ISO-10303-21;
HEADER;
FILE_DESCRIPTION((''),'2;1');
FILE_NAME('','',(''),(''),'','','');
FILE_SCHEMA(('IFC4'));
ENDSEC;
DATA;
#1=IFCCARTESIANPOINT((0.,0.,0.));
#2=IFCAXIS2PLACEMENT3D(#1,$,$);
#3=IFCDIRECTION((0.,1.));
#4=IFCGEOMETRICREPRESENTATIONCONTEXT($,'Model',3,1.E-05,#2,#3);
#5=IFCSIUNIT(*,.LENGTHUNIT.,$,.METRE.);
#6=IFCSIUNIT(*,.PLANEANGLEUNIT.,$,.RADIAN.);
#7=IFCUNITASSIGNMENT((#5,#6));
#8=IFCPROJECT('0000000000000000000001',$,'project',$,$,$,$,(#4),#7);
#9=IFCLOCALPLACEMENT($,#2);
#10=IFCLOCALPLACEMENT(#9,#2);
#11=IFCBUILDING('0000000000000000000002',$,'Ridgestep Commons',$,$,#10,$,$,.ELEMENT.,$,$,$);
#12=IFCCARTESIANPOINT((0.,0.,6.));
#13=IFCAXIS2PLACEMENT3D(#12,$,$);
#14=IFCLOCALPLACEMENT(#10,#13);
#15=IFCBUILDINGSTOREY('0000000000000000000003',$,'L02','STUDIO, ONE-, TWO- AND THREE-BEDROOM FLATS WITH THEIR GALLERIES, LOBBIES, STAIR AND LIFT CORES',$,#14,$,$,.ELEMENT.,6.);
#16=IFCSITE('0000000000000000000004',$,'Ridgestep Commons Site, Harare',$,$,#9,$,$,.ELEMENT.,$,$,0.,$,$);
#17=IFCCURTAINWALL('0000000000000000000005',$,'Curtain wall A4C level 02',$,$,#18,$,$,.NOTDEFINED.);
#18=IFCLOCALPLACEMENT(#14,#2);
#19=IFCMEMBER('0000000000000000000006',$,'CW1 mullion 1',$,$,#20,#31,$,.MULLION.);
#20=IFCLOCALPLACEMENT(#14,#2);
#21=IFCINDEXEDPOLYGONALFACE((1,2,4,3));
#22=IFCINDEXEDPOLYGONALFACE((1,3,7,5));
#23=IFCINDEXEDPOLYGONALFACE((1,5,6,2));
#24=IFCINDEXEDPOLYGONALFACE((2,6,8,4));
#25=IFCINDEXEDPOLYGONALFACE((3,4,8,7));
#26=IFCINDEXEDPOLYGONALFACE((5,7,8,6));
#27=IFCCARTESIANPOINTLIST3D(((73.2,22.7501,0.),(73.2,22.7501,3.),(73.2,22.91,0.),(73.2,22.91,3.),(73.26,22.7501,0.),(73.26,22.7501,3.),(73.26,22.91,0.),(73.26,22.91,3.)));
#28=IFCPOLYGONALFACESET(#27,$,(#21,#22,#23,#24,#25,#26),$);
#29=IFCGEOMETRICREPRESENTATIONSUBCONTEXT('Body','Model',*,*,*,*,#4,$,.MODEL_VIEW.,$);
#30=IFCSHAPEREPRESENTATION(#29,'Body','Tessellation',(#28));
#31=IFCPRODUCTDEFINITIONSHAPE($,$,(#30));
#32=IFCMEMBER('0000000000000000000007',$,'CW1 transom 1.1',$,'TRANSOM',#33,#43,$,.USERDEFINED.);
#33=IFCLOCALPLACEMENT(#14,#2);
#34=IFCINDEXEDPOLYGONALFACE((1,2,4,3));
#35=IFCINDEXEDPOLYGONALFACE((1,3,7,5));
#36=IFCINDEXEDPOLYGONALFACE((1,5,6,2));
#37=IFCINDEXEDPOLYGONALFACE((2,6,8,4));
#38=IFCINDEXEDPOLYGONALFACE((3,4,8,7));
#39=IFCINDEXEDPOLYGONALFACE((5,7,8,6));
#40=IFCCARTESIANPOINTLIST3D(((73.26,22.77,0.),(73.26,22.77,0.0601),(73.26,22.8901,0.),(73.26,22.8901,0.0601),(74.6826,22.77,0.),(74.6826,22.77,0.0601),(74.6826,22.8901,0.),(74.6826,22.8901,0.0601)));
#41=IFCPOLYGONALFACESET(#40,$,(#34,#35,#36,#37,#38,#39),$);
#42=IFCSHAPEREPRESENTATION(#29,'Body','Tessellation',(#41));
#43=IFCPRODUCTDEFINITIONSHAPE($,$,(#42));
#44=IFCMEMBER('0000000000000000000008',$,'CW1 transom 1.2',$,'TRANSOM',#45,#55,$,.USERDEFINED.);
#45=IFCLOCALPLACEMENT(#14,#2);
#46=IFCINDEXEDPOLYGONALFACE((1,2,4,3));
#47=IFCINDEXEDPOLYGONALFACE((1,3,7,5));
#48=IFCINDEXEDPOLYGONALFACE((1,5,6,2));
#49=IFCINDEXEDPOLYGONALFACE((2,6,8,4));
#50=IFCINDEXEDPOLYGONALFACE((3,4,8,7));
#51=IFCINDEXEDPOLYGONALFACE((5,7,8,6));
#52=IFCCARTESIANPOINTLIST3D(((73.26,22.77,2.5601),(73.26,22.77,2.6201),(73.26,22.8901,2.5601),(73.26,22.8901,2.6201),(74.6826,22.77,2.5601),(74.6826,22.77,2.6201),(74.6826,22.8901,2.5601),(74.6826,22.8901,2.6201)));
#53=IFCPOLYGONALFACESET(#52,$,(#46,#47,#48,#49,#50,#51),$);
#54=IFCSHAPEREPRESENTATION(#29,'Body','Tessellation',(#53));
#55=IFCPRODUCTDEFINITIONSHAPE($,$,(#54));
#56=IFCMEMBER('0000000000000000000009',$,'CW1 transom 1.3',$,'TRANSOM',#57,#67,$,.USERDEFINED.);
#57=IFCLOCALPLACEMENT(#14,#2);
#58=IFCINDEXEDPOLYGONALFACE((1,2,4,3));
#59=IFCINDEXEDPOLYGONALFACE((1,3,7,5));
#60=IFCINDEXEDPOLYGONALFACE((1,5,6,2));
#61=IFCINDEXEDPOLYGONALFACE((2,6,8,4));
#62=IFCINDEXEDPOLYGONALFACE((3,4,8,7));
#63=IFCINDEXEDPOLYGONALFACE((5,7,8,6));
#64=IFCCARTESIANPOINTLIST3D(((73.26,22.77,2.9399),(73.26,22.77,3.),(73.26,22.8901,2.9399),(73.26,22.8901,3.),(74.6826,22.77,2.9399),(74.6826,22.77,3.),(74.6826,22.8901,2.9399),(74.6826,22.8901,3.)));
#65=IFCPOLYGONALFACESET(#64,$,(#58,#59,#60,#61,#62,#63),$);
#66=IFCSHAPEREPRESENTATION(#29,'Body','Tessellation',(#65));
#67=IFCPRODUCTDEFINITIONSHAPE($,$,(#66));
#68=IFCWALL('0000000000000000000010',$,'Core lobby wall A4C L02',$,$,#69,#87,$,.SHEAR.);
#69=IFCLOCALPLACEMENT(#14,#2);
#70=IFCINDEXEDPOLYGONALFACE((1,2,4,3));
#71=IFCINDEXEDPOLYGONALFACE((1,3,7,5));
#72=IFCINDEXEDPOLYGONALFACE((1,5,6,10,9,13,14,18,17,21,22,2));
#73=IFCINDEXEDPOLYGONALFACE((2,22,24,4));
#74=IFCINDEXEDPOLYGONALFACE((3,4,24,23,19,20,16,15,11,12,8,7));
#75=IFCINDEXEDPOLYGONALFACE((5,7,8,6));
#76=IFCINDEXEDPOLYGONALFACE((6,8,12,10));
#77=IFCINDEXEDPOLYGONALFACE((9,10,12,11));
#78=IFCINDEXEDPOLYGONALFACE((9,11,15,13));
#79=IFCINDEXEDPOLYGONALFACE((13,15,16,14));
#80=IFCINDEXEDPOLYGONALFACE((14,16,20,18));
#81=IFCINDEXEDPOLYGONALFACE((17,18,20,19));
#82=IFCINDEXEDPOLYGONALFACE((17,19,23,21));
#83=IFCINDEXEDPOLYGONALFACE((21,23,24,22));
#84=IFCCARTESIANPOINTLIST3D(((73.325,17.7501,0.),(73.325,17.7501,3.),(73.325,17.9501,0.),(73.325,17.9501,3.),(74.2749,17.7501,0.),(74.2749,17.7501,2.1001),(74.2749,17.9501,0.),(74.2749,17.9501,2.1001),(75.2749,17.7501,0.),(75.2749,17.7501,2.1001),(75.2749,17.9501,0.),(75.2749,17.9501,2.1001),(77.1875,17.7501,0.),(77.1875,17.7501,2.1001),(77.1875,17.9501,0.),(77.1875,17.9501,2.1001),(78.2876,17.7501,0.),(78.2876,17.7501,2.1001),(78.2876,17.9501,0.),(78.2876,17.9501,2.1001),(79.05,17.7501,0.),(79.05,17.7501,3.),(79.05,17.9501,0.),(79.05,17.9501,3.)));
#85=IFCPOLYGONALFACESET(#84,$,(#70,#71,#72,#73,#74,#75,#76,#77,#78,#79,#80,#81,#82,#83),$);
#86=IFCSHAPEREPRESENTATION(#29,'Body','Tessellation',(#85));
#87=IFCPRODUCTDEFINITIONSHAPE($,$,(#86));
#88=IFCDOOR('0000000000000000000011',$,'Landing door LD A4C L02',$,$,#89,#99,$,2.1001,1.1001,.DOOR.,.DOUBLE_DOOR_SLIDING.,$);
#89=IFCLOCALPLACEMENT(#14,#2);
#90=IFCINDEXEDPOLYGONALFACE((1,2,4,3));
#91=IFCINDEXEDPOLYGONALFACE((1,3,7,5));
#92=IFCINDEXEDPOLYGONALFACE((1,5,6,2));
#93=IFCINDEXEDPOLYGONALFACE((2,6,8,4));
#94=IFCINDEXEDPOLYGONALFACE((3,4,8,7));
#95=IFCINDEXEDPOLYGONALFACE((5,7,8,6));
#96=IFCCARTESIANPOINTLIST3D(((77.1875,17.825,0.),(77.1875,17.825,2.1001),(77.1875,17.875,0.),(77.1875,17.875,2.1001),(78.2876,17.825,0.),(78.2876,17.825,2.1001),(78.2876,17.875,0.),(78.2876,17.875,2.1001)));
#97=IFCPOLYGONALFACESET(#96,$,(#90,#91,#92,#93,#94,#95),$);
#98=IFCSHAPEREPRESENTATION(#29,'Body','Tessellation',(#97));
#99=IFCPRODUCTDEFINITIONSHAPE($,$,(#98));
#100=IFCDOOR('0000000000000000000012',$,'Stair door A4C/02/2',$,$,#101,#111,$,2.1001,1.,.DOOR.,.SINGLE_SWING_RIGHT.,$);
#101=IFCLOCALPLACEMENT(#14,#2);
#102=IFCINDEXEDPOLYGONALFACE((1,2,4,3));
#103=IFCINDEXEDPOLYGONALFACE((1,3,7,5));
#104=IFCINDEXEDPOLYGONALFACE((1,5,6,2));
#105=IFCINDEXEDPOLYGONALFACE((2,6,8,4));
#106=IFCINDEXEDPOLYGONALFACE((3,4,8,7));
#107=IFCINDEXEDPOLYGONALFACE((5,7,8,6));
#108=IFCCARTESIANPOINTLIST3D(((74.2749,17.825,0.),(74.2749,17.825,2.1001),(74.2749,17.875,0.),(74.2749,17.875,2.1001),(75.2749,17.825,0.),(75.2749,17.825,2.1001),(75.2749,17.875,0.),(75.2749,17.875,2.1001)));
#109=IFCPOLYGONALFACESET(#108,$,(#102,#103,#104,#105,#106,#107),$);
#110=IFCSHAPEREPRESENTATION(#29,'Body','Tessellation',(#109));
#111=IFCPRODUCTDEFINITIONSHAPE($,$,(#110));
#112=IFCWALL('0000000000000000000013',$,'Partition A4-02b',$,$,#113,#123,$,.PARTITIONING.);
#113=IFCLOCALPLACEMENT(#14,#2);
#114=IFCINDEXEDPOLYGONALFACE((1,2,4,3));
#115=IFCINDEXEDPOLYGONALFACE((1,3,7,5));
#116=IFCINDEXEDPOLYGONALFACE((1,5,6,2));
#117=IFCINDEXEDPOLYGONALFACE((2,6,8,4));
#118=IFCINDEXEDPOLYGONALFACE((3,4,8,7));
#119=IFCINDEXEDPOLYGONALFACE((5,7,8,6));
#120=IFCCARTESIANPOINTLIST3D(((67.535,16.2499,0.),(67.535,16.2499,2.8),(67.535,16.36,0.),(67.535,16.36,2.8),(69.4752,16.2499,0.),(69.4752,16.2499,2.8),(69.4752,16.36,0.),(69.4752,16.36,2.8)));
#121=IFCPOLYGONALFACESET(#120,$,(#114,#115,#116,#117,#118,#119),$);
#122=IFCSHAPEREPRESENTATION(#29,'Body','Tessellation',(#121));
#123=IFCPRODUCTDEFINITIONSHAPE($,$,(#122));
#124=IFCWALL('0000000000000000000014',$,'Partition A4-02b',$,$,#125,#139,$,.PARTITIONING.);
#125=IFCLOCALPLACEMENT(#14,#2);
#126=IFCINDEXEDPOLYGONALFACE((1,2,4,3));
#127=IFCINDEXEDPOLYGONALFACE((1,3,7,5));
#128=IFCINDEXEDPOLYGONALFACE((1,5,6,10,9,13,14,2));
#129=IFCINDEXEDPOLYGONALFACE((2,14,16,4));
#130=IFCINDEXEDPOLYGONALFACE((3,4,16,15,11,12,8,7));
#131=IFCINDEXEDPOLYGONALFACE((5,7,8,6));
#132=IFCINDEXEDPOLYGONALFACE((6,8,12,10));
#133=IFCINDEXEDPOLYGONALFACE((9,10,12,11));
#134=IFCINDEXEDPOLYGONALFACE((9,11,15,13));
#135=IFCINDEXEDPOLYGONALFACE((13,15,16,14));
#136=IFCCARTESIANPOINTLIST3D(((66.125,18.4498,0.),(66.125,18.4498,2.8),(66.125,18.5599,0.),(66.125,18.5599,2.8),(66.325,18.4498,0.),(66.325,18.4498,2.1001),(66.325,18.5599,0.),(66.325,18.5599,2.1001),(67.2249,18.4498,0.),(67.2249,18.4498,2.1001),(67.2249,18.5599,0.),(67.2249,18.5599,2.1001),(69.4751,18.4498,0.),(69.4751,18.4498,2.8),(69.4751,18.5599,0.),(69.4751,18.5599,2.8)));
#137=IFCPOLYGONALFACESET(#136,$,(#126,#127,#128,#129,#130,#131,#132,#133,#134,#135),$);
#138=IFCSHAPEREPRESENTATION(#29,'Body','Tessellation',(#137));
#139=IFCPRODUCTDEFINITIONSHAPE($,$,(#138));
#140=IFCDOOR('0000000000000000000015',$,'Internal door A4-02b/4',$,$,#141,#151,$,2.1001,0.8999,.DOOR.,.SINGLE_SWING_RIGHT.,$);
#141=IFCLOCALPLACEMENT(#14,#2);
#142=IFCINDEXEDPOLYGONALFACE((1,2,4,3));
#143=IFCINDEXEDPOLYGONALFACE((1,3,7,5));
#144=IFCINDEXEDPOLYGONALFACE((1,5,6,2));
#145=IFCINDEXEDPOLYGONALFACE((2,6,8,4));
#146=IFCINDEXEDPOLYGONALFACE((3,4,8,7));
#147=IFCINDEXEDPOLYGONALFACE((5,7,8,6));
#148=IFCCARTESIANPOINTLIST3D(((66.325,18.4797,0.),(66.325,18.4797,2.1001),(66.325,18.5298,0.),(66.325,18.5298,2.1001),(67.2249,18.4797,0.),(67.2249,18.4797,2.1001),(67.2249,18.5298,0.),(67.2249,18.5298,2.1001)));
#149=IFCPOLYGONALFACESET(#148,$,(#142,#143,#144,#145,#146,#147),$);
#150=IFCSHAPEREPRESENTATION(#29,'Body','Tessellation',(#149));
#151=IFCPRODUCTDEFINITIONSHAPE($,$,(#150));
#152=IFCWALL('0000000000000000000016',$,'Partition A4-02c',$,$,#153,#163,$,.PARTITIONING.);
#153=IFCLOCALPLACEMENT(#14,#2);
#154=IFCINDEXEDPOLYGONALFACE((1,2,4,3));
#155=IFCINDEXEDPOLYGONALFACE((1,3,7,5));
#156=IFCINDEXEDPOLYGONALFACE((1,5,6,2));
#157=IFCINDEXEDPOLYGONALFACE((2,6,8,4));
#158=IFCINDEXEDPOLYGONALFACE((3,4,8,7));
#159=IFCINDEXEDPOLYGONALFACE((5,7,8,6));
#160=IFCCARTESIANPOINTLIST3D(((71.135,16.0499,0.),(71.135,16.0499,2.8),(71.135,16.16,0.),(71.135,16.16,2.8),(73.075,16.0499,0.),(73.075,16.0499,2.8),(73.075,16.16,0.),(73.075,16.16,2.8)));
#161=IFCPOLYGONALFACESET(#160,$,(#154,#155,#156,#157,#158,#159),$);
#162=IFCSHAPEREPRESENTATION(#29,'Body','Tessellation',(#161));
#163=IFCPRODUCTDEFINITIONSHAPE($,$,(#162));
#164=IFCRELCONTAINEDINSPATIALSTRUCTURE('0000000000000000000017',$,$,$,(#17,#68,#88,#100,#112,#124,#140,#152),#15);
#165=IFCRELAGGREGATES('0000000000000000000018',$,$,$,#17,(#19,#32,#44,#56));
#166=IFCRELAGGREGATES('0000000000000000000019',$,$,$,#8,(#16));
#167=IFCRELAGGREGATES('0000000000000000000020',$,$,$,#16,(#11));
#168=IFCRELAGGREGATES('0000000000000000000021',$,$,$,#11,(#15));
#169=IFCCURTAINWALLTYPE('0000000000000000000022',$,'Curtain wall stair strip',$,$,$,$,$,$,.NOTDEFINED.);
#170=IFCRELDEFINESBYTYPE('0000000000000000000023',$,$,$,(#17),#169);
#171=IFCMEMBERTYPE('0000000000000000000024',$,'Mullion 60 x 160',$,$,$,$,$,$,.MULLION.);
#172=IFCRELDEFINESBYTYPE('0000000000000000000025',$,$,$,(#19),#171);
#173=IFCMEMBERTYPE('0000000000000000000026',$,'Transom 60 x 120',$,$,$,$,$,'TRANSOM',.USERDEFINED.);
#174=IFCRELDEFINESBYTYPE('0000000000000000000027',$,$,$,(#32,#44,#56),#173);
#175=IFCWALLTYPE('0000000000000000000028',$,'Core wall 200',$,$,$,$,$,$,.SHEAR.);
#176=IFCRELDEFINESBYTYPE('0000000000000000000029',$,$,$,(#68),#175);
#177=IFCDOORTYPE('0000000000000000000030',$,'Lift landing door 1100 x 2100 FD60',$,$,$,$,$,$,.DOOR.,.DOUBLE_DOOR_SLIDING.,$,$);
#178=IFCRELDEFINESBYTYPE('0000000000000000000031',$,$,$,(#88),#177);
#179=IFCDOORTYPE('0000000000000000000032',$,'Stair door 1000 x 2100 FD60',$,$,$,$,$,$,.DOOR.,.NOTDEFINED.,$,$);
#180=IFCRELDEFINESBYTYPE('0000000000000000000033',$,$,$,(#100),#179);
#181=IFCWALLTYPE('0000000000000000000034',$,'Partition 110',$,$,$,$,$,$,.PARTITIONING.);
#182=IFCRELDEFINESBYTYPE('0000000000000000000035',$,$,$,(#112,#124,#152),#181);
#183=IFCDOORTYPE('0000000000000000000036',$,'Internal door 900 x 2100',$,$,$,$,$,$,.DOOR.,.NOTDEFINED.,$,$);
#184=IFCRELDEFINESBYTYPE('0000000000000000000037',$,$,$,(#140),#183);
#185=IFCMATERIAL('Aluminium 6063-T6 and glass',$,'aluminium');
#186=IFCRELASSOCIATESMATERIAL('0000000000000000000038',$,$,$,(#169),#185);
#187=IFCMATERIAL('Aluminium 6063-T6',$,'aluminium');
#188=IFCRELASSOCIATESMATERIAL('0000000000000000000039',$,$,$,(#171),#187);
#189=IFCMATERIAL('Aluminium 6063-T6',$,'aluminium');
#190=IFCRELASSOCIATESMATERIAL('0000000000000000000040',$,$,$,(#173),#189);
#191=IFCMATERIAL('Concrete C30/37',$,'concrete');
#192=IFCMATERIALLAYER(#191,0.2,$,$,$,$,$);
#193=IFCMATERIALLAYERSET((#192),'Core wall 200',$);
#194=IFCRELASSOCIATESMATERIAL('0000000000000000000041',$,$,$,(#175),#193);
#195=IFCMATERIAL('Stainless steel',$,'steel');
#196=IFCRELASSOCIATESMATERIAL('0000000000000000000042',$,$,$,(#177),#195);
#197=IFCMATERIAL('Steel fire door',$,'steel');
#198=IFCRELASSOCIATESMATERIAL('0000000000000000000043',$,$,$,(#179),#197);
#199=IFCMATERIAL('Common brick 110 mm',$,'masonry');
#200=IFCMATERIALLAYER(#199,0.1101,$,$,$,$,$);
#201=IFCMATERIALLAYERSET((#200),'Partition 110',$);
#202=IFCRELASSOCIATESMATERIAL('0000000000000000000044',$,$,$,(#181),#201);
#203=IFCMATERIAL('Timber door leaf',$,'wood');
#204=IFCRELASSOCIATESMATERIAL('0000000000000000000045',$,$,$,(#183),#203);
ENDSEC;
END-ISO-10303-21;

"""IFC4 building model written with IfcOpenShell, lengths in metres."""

from ifc_helpers import new_model, si_unit, direction, frame, frame_2d, origin, origin_2d, place, context, subcontext, project, spatial, rectangle, extrude, material, layer, layer_set, material_profile, profile_set, type_object, element, fill, aggregate, save


model = new_model("IFC4")

# Units and contexts
model_context = context("Model", 3, precision=1e-05, world=origin(), true_north=direction((0.0, 1.0)))
body_context = subcontext(model_context, "Body", "Model", "MODEL_VIEW")
ifc_project = project(units=[si_unit("LENGTHUNIT", "METRE"), si_unit("PLANEANGLEUNIT", "RADIAN")], contexts=[model_context])

# Site, building, storey
site_placement = place(None, origin())
site = spatial("IfcSite", under=ifc_project, at=site_placement, Name="Ridgestep Commons Site, Harare", CompositionType="ELEMENT", RefElevation=0.0)
building_placement = place(site_placement, origin())
building = spatial("IfcBuilding", under=site, at=building_placement, Name="Ridgestep Commons", CompositionType="ELEMENT")
storey_placement = place(building_placement, frame((0.0, 0.0, 6.0)))
storey = spatial("IfcBuildingStorey", under=building, at=storey_placement, Name="L02", Description="STUDIO, ONE-, TWO- AND THREE-BEDROOM FLATS WITH THEIR GALLERIES, LOBBIES, STAIR AND LIFT CORES", CompositionType="ELEMENT", Elevation=6.0)

# Curtain wall, members
ifc_material_1 = material(Name="Aluminium 6063-T6 and glass", Category="aluminium")
curtain_wall_type = type_object("IfcCurtainWallType", Name="Curtain wall stair strip", PredefinedType="NOTDEFINED", material=ifc_material_1)
curtain_wall_placement = place(storey_placement, origin())
curtain_wall = element("IfcCurtainWall", 1, at=curtain_wall_placement, inside=storey, type_object=curtain_wall_type, Name="Curtain wall A4C level 02", PredefinedType="NOTDEFINED")
ifc_material_2 = material(Name="Aluminium 6063-T6", Category="aluminium")
ifc_material_profile_1 = material_profile(ifc_material_2, rectangle(XDim=0.1599, YDim=0.0601, at=origin_2d()), Name="Mullion 60 x 160")
ifc_profile_set_1 = profile_set([ifc_material_profile_1], Name="Aluminium 6063-T6")
member_type_1 = type_object("IfcMemberType", Name="Mullion 60 x 160", PredefinedType="MULLION", material=ifc_profile_set_1)
member_1_placement = place(storey_placement, frame((73.23, 22.8301, 0.0), z_axis=(0.0, 0.0, 1.0), x_axis=(0.0, 1.0, 0.0)))
member_1 = element("IfcMember", 2, at=member_1_placement, type_object=member_type_1, Name="CW1 mullion 1", PredefinedType="MULLION", context=body_context, shape_type="SweptSolid", body=[
    extrude(rectangle(XDim=0.1599, YDim=0.0601, at=origin_2d()), origin(), (0.0, 0.0, 1.0), 3.0),
])
ifc_material_3 = material(Name="Aluminium 6063-T6", Category="aluminium")
ifc_material_profile_2 = material_profile(ifc_material_3, rectangle(XDim=0.1201, YDim=0.0601, at=origin_2d()), Name="Transom 60 x 120")
ifc_profile_set_2 = profile_set([ifc_material_profile_2], Name="Aluminium 6063-T6")
member_type_2 = type_object("IfcMemberType", Name="Transom 60 x 120", ElementType="TRANSOM", PredefinedType="USERDEFINED", material=ifc_profile_set_2)
member_2_placement = place(storey_placement, frame((73.26, 22.8301, 0.03), z_axis=(1.0, 0.0, 0.0), x_axis=(0.0, 1.0, 0.0)))
member_2 = element("IfcMember", 3, at=member_2_placement, type_object=member_type_2, Name="CW1 transom 1.1", ObjectType="TRANSOM", PredefinedType="USERDEFINED", context=body_context, shape_type="SweptSolid", body=[
    extrude(rectangle(XDim=0.1201, YDim=0.0601, at=origin_2d()), origin(), (0.0, 0.0, 1.0), 1.4226),
])
member_3_placement = place(storey_placement, frame((73.26, 22.8301, 2.5901), z_axis=(1.0, 0.0, 0.0), x_axis=(0.0, 1.0, 0.0)))
member_3 = element("IfcMember", 4, at=member_3_placement, type_object=member_type_2, Name="CW1 transom 1.2", ObjectType="TRANSOM", PredefinedType="USERDEFINED", context=body_context, shape_type="SweptSolid", body=[
    extrude(rectangle(XDim=0.1201, YDim=0.0601, at=origin_2d()), origin(), (0.0, 0.0, 1.0), 1.4226),
])
member_4_placement = place(storey_placement, frame((73.26, 22.8301, 2.97), z_axis=(1.0, 0.0, 0.0), x_axis=(0.0, 1.0, 0.0)))
member_4 = element("IfcMember", 5, at=member_4_placement, type_object=member_type_2, Name="CW1 transom 1.3", ObjectType="TRANSOM", PredefinedType="USERDEFINED", context=body_context, shape_type="SweptSolid", body=[
    extrude(rectangle(XDim=0.1201, YDim=0.0601, at=origin_2d()), origin(), (0.0, 0.0, 1.0), 1.4226),
])
aggregate(curtain_wall, [member_1, member_2, member_3, member_4])

# Wall, openings, doors
ifc_material_4 = material(Name="Concrete C30/37", Category="concrete")
ifc_layer_1 = layer(ifc_material_4, 0.2)
ifc_layer_set_1 = layer_set([ifc_layer_1], Name="Core wall 200")
wall_type_1 = type_object("IfcWallType", Name="Core wall 200", PredefinedType="SHEAR", material=ifc_layer_set_1)
wall_1_placement = place(storey_placement, frame((73.325, 17.8501, 0.0), z_axis=(0.0, 0.0, 1.0), x_axis=(1.0, 0.0, 0.0)))
wall_1 = element("IfcWall", 6, at=wall_1_placement, inside=storey, type_object=wall_type_1, Name="Core lobby wall A4C L02", PredefinedType="SHEAR", context=body_context, shape_type="SweptSolid", body=[
    extrude(rectangle(XDim=5.7251, YDim=0.2, at=frame_2d((2.8625, 0.0))), origin(), (0.0, 0.0, 1.0), 3.0),
])
opening_1_placement = place(wall_1_placement, frame((0.95, 0.0, 0.0)))
opening_1 = element("IfcOpeningElement", 7, at=opening_1_placement, cuts=wall_1, PredefinedType="OPENING", context=body_context, shape_type="SweptSolid", body=[
    extrude(rectangle(XDim=1.0, YDim=2.1001, at=frame_2d((0.5, 1.05))), frame((0.0, 0.1099, 0.0), z_axis=(0.0, -1.0, 0.0), x_axis=(1.0, 0.0, 0.0)), (0.0, 0.0, 1.0), 0.22),
])
opening_2_placement = place(wall_1_placement, frame((3.8625, 0.0, 0.0)))
opening_2 = element("IfcOpeningElement", 8, at=opening_2_placement, cuts=wall_1, PredefinedType="OPENING", context=body_context, shape_type="SweptSolid", body=[
    extrude(rectangle(XDim=1.1001, YDim=2.1001, at=frame_2d((0.55, 1.05))), frame((0.0, 0.1099, 0.0), z_axis=(0.0, -1.0, 0.0), x_axis=(1.0, 0.0, 0.0)), (0.0, 0.0, 1.0), 0.22),
])
ifc_material_5 = material(Name="Stainless steel", Category="steel")
door_type_1 = type_object("IfcDoorType", Name="Lift landing door 1100 x 2100 FD60", OperationType="DOUBLE_DOOR_SLIDING", PredefinedType="DOOR", material=ifc_material_5)
door_1_placement = place(opening_2_placement, origin())
door_1 = element("IfcDoor", 9, at=door_1_placement, inside=storey, type_object=door_type_1, Name="Landing door LD A4C L02", OperationType="DOUBLE_DOOR_SLIDING", OverallHeight=2.1001, OverallWidth=1.1001, PredefinedType="DOOR", context=body_context, shape_type="SweptSolid", body=[
    extrude(rectangle(XDim=1.1001, YDim=2.1001, at=frame_2d((0.55, 1.05))), frame((0.0, 0.0249, 0.0), z_axis=(0.0, -1.0, 0.0), x_axis=(1.0, 0.0, 0.0)), (0.0, 0.0, 1.0), 0.05),
])
fill(opening_2, door_1)
ifc_material_6 = material(Name="Steel fire door", Category="steel")
door_type_2 = type_object("IfcDoorType", Name="Stair door 1000 x 2100 FD60", OperationType="NOTDEFINED", PredefinedType="DOOR", material=ifc_material_6)
door_2_placement = place(opening_1_placement, origin())
door_2 = element("IfcDoor", 10, at=door_2_placement, inside=storey, type_object=door_type_2, Name="Stair door A4C/02/2", OperationType="SINGLE_SWING_RIGHT", OverallHeight=2.1001, OverallWidth=1.0, PredefinedType="DOOR", context=body_context, shape_type="SweptSolid", body=[
    extrude(rectangle(XDim=1.0, YDim=2.1001, at=frame_2d((0.5, 1.05))), frame((0.0, 0.0249, 0.0), z_axis=(0.0, -1.0, 0.0), x_axis=(1.0, 0.0, 0.0)), (0.0, 0.0, 1.0), 0.05),
])
fill(opening_1, door_2)

# Wall
ifc_material_7 = material(Name="Common brick 110 mm", Category="masonry")
ifc_layer_2 = layer(ifc_material_7, 0.1101)
ifc_layer_set_2 = layer_set([ifc_layer_2], Name="Partition 110")
wall_type_2 = type_object("IfcWallType", Name="Partition 110", PredefinedType="PARTITIONING", material=ifc_layer_set_2)
wall_2_placement = place(storey_placement, frame((67.5349, 16.3049, 0.0), z_axis=(0.0, 0.0, 1.0), x_axis=(1.0, 0.0, 0.0)))
element("IfcWall", 11, at=wall_2_placement, inside=storey, type_object=wall_type_2, Name="Partition A4-02b", PredefinedType="PARTITIONING", context=body_context, shape_type="SweptSolid", body=[
    extrude(rectangle(XDim=1.9402, YDim=0.1101, at=frame_2d((0.9702, 0.0))), origin(), (0.0, 0.0, 1.0), 2.8),
])

# Wall, opening, door
wall_3_placement = place(storey_placement, frame((66.125, 18.5049, 0.0), z_axis=(0.0, 0.0, 1.0), x_axis=(1.0, 0.0, 0.0)))
wall_3 = element("IfcWall", 12, at=wall_3_placement, inside=storey, type_object=wall_type_2, Name="Partition A4-02b", PredefinedType="PARTITIONING", context=body_context, shape_type="SweptSolid", body=[
    extrude(rectangle(XDim=3.3501, YDim=0.1101, at=frame_2d((1.675, 0.0))), origin(), (0.0, 0.0, 1.0), 2.8),
])
opening_3_placement = place(wall_3_placement, frame((0.2, 0.0, 0.0)))
opening_3 = element("IfcOpeningElement", 13, at=opening_3_placement, cuts=wall_3, PredefinedType="OPENING", context=body_context, shape_type="SweptSolid", body=[
    extrude(rectangle(XDim=0.8999, YDim=2.1001, at=frame_2d((0.45, 1.05))), frame((0.0, 0.0649, 0.0), z_axis=(0.0, -1.0, 0.0), x_axis=(1.0, 0.0, 0.0)), (0.0, 0.0, 1.0), 0.1301),
])
ifc_material_8 = material(Name="Timber door leaf", Category="wood")
door_type_3 = type_object("IfcDoorType", Name="Internal door 900 x 2100", OperationType="NOTDEFINED", PredefinedType="DOOR", material=ifc_material_8)
door_3_placement = place(opening_3_placement, origin())
door_3 = element("IfcDoor", 14, at=door_3_placement, inside=storey, type_object=door_type_3, Name="Internal door A4-02b/4", OperationType="SINGLE_SWING_RIGHT", OverallHeight=2.1001, OverallWidth=0.8999, PredefinedType="DOOR", context=body_context, shape_type="SweptSolid", body=[
    extrude(rectangle(XDim=0.8999, YDim=2.1001, at=frame_2d((0.45, 1.05))), frame((0.0, 0.0249, 0.0), z_axis=(0.0, -1.0, 0.0), x_axis=(1.0, 0.0, 0.0)), (0.0, 0.0, 1.0), 0.05),
])
fill(opening_3, door_3)

# Wall
wall_4_placement = place(storey_placement, frame((71.135, 16.105, 0.0), z_axis=(0.0, 0.0, 1.0), x_axis=(1.0, 0.0, 0.0)))
element("IfcWall", 15, at=wall_4_placement, inside=storey, type_object=wall_type_2, Name="Partition A4-02c", PredefinedType="PARTITIONING", context=body_context, shape_type="SweptSolid", body=[
    extrude(rectangle(XDim=1.9399, YDim=0.1101, at=frame_2d((0.97, 0.0))), origin(), (0.0, 0.0, 1.0), 2.8),
])

save(model, "model.ifc")
